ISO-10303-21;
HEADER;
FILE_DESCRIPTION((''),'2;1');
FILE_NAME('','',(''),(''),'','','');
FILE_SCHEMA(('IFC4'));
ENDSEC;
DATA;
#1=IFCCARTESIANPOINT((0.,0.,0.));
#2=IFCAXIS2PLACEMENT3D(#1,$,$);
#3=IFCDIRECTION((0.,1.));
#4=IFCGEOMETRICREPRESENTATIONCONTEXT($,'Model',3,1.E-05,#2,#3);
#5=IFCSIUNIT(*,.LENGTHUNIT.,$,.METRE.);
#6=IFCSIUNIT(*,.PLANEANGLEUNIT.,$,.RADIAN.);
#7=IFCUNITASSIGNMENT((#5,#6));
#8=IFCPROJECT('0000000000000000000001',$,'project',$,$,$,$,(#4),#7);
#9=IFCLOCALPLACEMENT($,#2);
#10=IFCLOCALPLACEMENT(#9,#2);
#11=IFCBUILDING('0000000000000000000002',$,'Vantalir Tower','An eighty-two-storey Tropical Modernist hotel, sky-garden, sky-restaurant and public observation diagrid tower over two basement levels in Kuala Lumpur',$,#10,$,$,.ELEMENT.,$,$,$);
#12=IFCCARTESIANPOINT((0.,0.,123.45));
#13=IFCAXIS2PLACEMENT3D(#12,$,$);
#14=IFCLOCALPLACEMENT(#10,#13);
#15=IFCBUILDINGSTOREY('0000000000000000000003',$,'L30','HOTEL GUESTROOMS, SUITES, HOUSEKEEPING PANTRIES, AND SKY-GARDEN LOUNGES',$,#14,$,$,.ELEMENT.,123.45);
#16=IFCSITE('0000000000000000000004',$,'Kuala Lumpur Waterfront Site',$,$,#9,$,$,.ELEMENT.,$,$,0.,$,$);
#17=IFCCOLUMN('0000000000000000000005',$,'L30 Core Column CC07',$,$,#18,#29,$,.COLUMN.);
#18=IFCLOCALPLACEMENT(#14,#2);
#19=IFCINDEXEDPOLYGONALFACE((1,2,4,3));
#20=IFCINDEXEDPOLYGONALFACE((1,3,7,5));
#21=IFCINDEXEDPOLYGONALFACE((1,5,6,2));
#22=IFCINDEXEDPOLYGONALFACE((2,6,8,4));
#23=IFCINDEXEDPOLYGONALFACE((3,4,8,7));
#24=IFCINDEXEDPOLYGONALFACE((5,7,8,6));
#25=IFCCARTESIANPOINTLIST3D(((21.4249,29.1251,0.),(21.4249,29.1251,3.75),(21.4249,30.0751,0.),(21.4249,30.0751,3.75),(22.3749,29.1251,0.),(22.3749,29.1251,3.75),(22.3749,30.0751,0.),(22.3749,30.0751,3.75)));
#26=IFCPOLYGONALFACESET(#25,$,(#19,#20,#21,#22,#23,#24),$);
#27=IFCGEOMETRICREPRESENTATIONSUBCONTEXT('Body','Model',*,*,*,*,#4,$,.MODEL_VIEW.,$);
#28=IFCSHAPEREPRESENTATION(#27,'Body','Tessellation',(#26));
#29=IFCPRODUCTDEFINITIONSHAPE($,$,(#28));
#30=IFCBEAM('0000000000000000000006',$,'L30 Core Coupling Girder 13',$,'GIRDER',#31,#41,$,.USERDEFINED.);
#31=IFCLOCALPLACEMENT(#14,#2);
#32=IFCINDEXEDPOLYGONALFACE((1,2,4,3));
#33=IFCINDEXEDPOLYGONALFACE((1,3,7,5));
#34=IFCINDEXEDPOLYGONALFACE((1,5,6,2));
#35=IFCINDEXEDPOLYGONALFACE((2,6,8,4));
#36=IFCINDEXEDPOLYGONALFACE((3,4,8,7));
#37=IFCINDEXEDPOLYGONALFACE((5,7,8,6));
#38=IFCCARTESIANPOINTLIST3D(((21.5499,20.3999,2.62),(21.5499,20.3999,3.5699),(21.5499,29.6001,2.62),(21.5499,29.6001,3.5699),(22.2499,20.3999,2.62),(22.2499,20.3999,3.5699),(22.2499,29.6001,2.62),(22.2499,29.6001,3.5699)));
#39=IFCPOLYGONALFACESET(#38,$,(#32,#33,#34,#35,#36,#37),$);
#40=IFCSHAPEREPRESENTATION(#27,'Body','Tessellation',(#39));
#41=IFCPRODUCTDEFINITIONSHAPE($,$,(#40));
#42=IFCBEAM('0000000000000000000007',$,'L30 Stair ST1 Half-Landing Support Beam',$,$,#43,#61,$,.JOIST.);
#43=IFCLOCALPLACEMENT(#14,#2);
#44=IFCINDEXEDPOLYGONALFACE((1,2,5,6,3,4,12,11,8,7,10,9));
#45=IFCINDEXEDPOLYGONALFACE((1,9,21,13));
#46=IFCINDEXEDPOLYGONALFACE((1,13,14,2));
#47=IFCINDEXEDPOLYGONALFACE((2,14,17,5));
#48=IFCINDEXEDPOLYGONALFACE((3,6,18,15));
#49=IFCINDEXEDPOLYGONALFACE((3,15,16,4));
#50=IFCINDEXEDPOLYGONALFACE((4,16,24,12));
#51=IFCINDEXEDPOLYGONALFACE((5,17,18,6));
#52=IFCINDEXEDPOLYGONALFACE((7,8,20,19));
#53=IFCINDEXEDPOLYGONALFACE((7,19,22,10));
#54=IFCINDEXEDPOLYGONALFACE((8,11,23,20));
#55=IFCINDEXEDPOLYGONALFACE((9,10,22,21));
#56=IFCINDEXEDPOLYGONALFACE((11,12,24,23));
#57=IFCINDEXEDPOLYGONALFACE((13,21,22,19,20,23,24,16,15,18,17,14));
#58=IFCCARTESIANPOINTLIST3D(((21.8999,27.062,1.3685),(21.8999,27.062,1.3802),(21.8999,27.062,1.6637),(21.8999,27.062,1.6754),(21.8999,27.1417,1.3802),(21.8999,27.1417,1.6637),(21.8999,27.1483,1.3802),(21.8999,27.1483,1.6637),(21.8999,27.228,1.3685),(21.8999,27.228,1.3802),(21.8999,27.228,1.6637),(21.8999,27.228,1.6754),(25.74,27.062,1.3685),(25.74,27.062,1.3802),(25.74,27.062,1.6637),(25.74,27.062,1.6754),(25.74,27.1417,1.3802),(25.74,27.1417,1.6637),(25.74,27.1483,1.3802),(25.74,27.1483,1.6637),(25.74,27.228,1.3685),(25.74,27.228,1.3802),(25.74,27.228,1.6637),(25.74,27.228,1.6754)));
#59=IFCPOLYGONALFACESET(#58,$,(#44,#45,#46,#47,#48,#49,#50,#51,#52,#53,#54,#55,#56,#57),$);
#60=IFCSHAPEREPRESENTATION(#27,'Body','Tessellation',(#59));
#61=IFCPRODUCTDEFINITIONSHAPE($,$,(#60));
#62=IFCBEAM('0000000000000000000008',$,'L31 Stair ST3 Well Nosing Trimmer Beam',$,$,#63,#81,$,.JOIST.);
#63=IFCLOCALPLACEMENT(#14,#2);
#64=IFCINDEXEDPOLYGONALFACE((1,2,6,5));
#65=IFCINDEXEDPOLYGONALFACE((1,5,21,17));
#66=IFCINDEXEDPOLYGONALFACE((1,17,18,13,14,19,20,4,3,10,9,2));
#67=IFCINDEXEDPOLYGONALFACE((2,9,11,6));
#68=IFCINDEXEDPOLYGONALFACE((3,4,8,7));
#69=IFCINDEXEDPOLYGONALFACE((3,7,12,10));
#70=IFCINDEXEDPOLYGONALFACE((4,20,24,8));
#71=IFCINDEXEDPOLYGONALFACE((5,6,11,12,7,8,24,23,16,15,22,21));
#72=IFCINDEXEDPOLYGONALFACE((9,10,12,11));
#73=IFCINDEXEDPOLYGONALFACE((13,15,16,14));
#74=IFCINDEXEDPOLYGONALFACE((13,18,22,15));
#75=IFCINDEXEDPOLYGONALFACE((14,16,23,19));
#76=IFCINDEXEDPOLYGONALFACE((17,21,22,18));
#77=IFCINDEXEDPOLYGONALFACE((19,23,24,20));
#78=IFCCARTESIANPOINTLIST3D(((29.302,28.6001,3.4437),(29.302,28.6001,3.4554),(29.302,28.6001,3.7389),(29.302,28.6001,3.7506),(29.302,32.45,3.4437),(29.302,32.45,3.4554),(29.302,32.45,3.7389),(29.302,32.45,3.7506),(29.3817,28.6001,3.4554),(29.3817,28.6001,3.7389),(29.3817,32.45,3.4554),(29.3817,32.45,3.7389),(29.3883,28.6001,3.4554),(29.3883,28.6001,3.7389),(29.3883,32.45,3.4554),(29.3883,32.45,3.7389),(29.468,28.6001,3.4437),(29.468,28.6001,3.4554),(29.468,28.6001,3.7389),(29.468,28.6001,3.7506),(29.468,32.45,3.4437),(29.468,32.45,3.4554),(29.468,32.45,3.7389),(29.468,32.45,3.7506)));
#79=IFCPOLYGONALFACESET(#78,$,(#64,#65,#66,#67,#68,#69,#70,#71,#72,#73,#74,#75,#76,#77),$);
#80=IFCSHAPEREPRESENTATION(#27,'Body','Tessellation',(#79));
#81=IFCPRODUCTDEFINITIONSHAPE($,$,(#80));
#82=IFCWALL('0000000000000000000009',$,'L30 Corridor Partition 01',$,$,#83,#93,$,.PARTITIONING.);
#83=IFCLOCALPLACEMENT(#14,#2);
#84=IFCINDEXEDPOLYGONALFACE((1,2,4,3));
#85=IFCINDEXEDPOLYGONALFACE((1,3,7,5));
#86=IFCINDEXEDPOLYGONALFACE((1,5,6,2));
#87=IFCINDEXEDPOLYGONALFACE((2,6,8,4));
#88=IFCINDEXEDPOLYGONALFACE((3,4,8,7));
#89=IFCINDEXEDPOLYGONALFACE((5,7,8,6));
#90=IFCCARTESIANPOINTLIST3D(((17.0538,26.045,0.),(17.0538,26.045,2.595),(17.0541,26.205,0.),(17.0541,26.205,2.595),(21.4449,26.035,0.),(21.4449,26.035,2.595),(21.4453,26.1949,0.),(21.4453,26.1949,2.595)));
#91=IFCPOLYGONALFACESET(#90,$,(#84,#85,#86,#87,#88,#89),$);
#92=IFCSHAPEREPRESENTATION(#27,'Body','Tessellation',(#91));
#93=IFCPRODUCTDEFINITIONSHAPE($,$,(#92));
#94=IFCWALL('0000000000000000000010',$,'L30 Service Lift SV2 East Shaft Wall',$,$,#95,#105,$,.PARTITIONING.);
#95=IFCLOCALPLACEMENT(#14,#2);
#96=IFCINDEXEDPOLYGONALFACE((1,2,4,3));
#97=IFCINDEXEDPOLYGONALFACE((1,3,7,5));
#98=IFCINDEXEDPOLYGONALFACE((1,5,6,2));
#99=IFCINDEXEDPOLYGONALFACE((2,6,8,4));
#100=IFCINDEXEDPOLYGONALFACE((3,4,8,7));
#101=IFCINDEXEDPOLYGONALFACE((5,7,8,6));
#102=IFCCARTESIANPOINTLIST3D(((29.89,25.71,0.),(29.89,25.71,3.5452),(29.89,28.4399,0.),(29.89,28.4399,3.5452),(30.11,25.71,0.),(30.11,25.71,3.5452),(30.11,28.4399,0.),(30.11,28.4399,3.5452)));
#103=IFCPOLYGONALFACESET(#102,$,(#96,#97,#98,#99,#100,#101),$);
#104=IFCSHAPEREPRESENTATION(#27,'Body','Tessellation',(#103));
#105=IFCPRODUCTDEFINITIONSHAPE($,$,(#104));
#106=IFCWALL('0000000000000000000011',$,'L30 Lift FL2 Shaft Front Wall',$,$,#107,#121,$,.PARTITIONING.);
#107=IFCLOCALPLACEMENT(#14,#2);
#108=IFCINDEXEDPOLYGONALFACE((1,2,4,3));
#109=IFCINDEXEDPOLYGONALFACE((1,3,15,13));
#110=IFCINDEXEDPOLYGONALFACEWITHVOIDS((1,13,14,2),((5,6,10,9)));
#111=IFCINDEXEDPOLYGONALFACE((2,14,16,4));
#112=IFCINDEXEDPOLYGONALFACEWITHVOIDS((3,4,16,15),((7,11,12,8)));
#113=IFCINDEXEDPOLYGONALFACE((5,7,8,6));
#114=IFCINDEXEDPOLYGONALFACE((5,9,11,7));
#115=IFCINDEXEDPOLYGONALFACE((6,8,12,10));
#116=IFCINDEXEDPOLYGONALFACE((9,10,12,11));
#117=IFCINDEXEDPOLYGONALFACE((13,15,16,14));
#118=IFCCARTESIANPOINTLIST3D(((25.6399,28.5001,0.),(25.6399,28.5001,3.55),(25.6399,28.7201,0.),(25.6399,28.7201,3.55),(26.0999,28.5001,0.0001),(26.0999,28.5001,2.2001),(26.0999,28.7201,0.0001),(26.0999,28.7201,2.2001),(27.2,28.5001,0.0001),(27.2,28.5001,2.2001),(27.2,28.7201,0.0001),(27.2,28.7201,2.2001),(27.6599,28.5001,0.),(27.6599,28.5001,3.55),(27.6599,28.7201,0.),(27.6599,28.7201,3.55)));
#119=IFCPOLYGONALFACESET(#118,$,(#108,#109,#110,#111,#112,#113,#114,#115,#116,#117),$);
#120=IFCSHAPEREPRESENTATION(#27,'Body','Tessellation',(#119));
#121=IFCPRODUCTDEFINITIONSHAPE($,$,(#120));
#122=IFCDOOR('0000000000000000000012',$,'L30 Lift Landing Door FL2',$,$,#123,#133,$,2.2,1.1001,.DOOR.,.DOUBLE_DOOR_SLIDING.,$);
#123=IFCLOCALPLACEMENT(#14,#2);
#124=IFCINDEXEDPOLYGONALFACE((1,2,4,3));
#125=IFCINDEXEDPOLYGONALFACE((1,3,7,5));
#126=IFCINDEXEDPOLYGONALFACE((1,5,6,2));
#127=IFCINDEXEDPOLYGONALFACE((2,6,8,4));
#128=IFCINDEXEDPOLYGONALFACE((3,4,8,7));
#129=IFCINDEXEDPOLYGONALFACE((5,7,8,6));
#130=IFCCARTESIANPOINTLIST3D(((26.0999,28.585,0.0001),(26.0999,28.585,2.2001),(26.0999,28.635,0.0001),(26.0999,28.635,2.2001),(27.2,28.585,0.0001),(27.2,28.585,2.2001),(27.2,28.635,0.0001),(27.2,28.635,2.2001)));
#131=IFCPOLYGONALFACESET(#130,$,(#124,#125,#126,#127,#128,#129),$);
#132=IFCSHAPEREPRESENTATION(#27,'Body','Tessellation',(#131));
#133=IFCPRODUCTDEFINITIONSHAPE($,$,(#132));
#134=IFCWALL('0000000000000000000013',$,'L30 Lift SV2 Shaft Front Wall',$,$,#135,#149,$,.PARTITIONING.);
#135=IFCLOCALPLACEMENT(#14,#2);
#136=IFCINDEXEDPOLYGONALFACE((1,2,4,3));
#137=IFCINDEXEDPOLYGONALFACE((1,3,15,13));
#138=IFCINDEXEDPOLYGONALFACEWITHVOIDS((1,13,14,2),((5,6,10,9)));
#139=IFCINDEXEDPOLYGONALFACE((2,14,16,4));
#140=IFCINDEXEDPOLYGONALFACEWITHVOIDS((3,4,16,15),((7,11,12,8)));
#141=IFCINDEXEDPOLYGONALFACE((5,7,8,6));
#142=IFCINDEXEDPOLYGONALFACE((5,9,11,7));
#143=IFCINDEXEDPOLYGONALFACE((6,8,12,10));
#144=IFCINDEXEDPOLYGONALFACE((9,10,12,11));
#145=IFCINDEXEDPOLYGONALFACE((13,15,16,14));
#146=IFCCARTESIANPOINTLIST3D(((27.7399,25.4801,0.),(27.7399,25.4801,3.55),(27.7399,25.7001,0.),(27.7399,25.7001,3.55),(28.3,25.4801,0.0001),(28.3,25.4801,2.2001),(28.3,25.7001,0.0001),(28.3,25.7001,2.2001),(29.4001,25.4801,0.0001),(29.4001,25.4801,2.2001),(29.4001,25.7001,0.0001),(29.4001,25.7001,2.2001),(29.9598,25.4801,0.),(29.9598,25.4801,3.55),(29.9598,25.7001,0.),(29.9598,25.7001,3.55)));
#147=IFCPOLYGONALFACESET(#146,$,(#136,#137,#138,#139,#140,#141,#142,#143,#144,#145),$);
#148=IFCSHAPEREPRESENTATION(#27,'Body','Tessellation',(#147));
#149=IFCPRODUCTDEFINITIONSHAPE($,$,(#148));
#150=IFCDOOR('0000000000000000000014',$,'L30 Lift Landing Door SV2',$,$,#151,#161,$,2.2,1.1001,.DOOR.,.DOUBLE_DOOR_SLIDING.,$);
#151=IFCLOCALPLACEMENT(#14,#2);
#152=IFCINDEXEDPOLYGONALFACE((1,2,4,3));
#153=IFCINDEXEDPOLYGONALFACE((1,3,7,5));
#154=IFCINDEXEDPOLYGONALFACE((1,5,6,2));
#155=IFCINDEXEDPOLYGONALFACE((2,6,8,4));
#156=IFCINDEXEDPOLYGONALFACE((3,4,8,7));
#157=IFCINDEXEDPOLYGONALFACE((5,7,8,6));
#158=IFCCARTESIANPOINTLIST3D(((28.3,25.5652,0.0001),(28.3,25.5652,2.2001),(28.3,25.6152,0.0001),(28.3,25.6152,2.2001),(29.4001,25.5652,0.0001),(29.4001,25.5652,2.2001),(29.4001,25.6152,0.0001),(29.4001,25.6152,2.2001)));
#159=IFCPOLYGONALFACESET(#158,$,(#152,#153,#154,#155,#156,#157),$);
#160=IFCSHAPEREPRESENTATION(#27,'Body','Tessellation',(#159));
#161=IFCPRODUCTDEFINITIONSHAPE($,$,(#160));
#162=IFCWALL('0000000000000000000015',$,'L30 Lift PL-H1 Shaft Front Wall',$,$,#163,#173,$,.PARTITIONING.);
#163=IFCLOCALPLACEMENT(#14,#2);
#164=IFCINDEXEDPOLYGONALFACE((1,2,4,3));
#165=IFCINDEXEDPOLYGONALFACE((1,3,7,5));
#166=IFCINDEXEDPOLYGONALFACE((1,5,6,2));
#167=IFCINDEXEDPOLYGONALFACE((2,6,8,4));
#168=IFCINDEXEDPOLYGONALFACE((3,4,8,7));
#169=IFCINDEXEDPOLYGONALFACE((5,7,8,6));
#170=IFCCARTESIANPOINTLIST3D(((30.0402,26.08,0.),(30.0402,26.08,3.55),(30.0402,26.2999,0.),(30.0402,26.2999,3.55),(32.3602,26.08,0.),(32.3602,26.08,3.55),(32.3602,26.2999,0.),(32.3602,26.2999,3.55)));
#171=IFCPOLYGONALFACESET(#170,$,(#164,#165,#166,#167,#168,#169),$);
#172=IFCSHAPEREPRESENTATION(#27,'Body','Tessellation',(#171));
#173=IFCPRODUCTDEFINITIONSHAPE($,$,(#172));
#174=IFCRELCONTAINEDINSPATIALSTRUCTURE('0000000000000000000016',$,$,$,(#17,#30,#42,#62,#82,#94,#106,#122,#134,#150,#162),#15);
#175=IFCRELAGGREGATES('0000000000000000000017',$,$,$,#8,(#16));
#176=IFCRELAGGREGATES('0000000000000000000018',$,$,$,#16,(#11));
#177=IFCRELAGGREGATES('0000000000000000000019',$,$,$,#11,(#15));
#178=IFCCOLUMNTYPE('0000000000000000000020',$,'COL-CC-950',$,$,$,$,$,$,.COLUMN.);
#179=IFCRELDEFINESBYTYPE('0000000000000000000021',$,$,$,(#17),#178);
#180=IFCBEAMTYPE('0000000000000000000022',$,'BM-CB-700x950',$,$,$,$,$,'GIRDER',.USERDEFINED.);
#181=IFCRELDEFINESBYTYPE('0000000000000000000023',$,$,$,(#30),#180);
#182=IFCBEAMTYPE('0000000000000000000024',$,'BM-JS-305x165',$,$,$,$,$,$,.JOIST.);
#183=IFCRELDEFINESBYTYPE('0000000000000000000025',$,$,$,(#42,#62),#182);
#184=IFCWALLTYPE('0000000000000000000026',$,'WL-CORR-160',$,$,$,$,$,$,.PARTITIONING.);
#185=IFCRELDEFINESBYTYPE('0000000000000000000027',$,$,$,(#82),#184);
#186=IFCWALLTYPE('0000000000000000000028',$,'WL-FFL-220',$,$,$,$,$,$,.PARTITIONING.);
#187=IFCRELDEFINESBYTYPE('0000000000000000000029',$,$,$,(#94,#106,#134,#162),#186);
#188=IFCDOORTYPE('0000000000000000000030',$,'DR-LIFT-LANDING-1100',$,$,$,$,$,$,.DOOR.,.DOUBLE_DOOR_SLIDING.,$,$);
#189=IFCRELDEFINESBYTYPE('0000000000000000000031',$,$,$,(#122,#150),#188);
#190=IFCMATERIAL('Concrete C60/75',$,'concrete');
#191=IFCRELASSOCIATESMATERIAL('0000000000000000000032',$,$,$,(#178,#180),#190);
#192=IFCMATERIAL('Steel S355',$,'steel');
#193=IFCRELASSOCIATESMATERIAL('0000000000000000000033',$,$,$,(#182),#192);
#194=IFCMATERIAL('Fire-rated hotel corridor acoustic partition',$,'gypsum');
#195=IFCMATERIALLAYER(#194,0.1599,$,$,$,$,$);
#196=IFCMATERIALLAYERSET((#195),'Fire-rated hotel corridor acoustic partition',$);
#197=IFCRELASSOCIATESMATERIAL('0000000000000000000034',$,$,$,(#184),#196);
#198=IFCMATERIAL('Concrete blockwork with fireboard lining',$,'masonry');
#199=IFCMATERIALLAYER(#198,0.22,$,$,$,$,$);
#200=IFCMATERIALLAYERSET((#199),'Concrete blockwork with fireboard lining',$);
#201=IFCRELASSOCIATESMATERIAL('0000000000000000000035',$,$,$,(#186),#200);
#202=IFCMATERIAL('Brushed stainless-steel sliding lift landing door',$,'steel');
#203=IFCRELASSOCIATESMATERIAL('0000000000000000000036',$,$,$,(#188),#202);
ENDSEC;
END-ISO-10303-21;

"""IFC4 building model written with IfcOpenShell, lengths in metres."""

from ifc_helpers import new_model, si_unit, direction, frame, frame_2d, origin, origin_2d, place, context, subcontext, project, spatial, rectangle, i_section, extrude, material, layer, layer_set, material_profile, profile_set, type_object, element, fill, save


model = new_model("IFC4")

# Units and contexts
model_context = context("Model", 3, precision=1e-05, world=origin(), true_north=direction((0.0, 1.0)))
body_context = subcontext(model_context, "Body", "Model", "MODEL_VIEW")
ifc_project = project(units=[si_unit("LENGTHUNIT", "METRE"), si_unit("PLANEANGLEUNIT", "RADIAN")], contexts=[model_context])

# Site, building, storey
site_placement = place(None, origin())
site = spatial("IfcSite", under=ifc_project, at=site_placement, Name="Kuala Lumpur Waterfront Site", CompositionType="ELEMENT", RefElevation=0.0)
building_placement = place(site_placement, origin())
building = spatial("IfcBuilding", under=site, at=building_placement, Name="Vantalir Tower", Description="An eighty-two-storey Tropical Modernist hotel, sky-garden, sky-restaurant and public observation diagrid tower over two basement levels in Kuala Lumpur", CompositionType="ELEMENT")
storey_placement = place(building_placement, frame((0.0, 0.0, 123.45)))
storey = spatial("IfcBuildingStorey", under=building, at=storey_placement, Name="L30", Description="HOTEL GUESTROOMS, SUITES, HOUSEKEEPING PANTRIES, AND SKY-GARDEN LOUNGES", CompositionType="ELEMENT", Elevation=123.45)

# Column
ifc_material_1 = material(Name="Concrete C60/75", Category="concrete")
ifc_material_profile_1 = material_profile(ifc_material_1, rectangle(XDim=0.95, YDim=0.95, at=origin_2d()), Name="Concrete C60/75")
ifc_profile_set_1 = profile_set([ifc_material_profile_1], Name="Concrete C60/75")
column_type = type_object("IfcColumnType", Name="COL-CC-950", PredefinedType="COLUMN", material=ifc_profile_set_1)
column_placement = place(storey_placement, frame((21.8999, 29.6001, 0.0), z_axis=(0.0, 0.0, 1.0), x_axis=(1.0, 0.0, 0.0)))
element("IfcColumn", 1, at=column_placement, inside=storey, type_object=column_type, Name="L30 Core Column CC07", PredefinedType="COLUMN", context=body_context, shape_type="SweptSolid", body=[
    extrude(rectangle(XDim=0.95, YDim=0.95, at=origin_2d()), origin(), (0.0, 0.0, 1.0), 3.75),
])

# Beams
ifc_material_profile_2 = material_profile(ifc_material_1, rectangle(XDim=0.7, YDim=0.95, at=origin_2d()), Name="Concrete C60/75")
ifc_profile_set_2 = profile_set([ifc_material_profile_2], Name="Concrete C60/75")
beam_type_1 = type_object("IfcBeamType", Name="BM-CB-700x950", ElementType="GIRDER", PredefinedType="USERDEFINED", material=ifc_profile_set_2)
beam_1_placement = place(storey_placement, frame((21.8999, 29.6001, 3.095), z_axis=(0.0, -1.0, 0.0), x_axis=(1.0, 0.0, 0.0)))
element("IfcBeam", 2, at=beam_1_placement, inside=storey, type_object=beam_type_1, Name="L30 Core Coupling Girder 13", ObjectType="GIRDER", PredefinedType="USERDEFINED", context=body_context, shape_type="SweptSolid", body=[
    extrude(rectangle(XDim=0.7, YDim=0.95, at=origin_2d()), origin(), (0.0, 0.0, 1.0), 9.2002),
])
ifc_material_2 = material(Name="Steel S355", Category="steel")
ifc_material_profile_3 = material_profile(ifc_material_2, i_section(OverallWidth=0.166, OverallDepth=0.3069, WebThickness=0.0066, FlangeThickness=0.0117, at=origin_2d()), Name="Steel S355")
ifc_profile_set_3 = profile_set([ifc_material_profile_3], Name="Steel S355")
beam_type_2 = type_object("IfcBeamType", Name="BM-JS-305x165", PredefinedType="JOIST", material=ifc_profile_set_3)
beam_2_placement = place(storey_placement, frame((21.8999, 27.145, 1.522), z_axis=(1.0, 0.0, 0.0), x_axis=(0.0, 1.0, 0.0)))
element("IfcBeam", 3, at=beam_2_placement, inside=storey, type_object=beam_type_2, Name="L30 Stair ST1 Half-Landing Support Beam", PredefinedType="JOIST", context=body_context, shape_type="SweptSolid", body=[
    extrude(i_section(OverallWidth=0.166, OverallDepth=0.3069, WebThickness=0.0066, FlangeThickness=0.0117, at=origin_2d()), origin(), (0.0, 0.0, 1.0), 3.8401),
])
beam_3_placement = place(storey_placement, frame((29.385, 28.6001, 3.5972), z_axis=(0.0, 1.0, 0.0), x_axis=(-1.0, 0.0, 0.0)))
element("IfcBeam", 4, at=beam_3_placement, inside=storey, type_object=beam_type_2, Name="L31 Stair ST3 Well Nosing Trimmer Beam", PredefinedType="JOIST", context=body_context, shape_type="SweptSolid", body=[
    extrude(i_section(OverallWidth=0.166, OverallDepth=0.3069, WebThickness=0.0066, FlangeThickness=0.0117, at=origin_2d()), origin(), (0.0, 0.0, 1.0), 3.8499),
])

# Walls
ifc_material_3 = material(Name="Fire-rated hotel corridor acoustic partition", Category="gypsum")
ifc_layer_1 = layer(ifc_material_3, 0.1599)
ifc_layer_set_1 = layer_set([ifc_layer_1], Name="Fire-rated hotel corridor acoustic partition")
wall_type_1 = type_object("IfcWallType", Name="WL-CORR-160", PredefinedType="PARTITIONING", material=ifc_layer_set_1)
wall_1_placement = place(storey_placement, frame((21.4451, 26.115, 0.0), z_axis=(0.0, 0.0, 1.0), x_axis=(-0.999997, 0.00228, 0.0)))
element("IfcWall", 5, at=wall_1_placement, inside=storey, type_object=wall_type_1, Name="L30 Corridor Partition 01", PredefinedType="PARTITIONING", context=body_context, shape_type="SweptSolid", body=[
    extrude(rectangle(XDim=4.3911, YDim=0.1599, at=frame_2d((2.1956, 0.0))), origin(), (0.0, 0.0, 1.0), 2.595),
])
ifc_material_4 = material(Name="Concrete blockwork with fireboard lining", Category="masonry")
ifc_layer_2 = layer(ifc_material_4, 0.22)
ifc_layer_set_2 = layer_set([ifc_layer_2], Name="Concrete blockwork with fireboard lining")
wall_type_2 = type_object("IfcWallType", Name="WL-FFL-220", PredefinedType="PARTITIONING", material=ifc_layer_set_2)
wall_2_placement = place(storey_placement, frame((30.0, 25.71, 0.0), z_axis=(0.0, 0.0, 1.0), x_axis=(0.0, 1.0, 0.0)))
element("IfcWall", 6, at=wall_2_placement, inside=storey, type_object=wall_type_2, Name="L30 Service Lift SV2 East Shaft Wall", PredefinedType="PARTITIONING", context=body_context, shape_type="SweptSolid", body=[
    extrude(rectangle(XDim=2.73, YDim=0.22, at=frame_2d((1.365, 0.0))), origin(), (0.0, 0.0, 1.0), 3.5452),
])

# Walls, openings, doors
wall_3_placement = place(storey_placement, frame((25.6399, 28.6101, 0.0), z_axis=(0.0, 0.0, 1.0), x_axis=(1.0, 0.0, 0.0)))
wall_3 = element("IfcWall", 7, at=wall_3_placement, inside=storey, type_object=wall_type_2, Name="L30 Lift FL2 Shaft Front Wall", PredefinedType="PARTITIONING", context=body_context, shape_type="SweptSolid", body=[
    extrude(rectangle(XDim=2.02, YDim=0.22, at=frame_2d((1.01, 0.0))), origin(), (0.0, 0.0, 1.0), 3.55),
])
opening_1_placement = place(wall_3_placement, frame((0.46, 0.0, 0.0)))
opening_1 = element("IfcOpeningElement", 8, at=opening_1_placement, cuts=wall_3, PredefinedType="OPENING", context=body_context, shape_type="SweptSolid", body=[
    extrude(rectangle(XDim=1.1001, YDim=2.2, at=frame_2d((0.55, 1.1001))), frame((0.0, 0.1199, 0.0), z_axis=(0.0, -1.0, 0.0), x_axis=(1.0, 0.0, 0.0)), (0.0, 0.0, 1.0), 0.24),
])
ifc_material_5 = material(Name="Brushed stainless-steel sliding lift landing door", Category="steel")
door_type_1 = type_object("IfcDoorType", Name="DR-LIFT-LANDING-1100", OperationType="DOUBLE_DOOR_SLIDING", PredefinedType="DOOR", material=ifc_material_5)
door_1_placement = place(opening_1_placement, origin())
door_1 = element("IfcDoor", 9, at=door_1_placement, inside=storey, type_object=door_type_1, Name="L30 Lift Landing Door FL2", OperationType="DOUBLE_DOOR_SLIDING", OverallHeight=2.2, OverallWidth=1.1001, PredefinedType="DOOR", context=body_context, shape_type="SweptSolid", body=[
    extrude(rectangle(XDim=1.1001, YDim=2.2, at=frame_2d((0.55, 1.1001))), frame((0.0, 0.0249, 0.0), z_axis=(0.0, -1.0, 0.0), x_axis=(1.0, 0.0, 0.0)), (0.0, 0.0, 1.0), 0.05),
])
fill(opening_1, door_1)
wall_4_placement = place(storey_placement, frame((27.74, 25.5901, 0.0), z_axis=(0.0, 0.0, 1.0), x_axis=(1.0, 0.0, 0.0)))
wall_4 = element("IfcWall", 10, at=wall_4_placement, inside=storey, type_object=wall_type_2, Name="L30 Lift SV2 Shaft Front Wall", PredefinedType="PARTITIONING", context=body_context, shape_type="SweptSolid", body=[
    extrude(rectangle(XDim=2.22, YDim=0.22, at=frame_2d((1.1099, 0.0))), origin(), (0.0, 0.0, 1.0), 3.55),
])
opening_2_placement = place(wall_4_placement, frame((0.5601, 0.0, 0.0)))
opening_2 = element("IfcOpeningElement", 11, at=opening_2_placement, cuts=wall_4, PredefinedType="OPENING", context=body_context, shape_type="SweptSolid", body=[
    extrude(rectangle(XDim=1.1001, YDim=2.2, at=frame_2d((0.55, 1.1001))), frame((0.0, 0.1199, 0.0), z_axis=(0.0, -1.0, 0.0), x_axis=(1.0, 0.0, 0.0)), (0.0, 0.0, 1.0), 0.24),
])
door_2_placement = place(opening_2_placement, frame((1.1001, 0.0, 0.0), z_axis=(0.0, 0.0, 1.0), x_axis=(-1.0, 0.0, 0.0)))
door_2 = element("IfcDoor", 12, at=door_2_placement, inside=storey, type_object=door_type_1, Name="L30 Lift Landing Door SV2", OperationType="DOUBLE_DOOR_SLIDING", OverallHeight=2.2, OverallWidth=1.1001, PredefinedType="DOOR", context=body_context, shape_type="SweptSolid", body=[
    extrude(rectangle(XDim=1.1001, YDim=2.2, at=frame_2d((0.55, 1.1001))), frame((0.0, 0.0249, 0.0), z_axis=(0.0, -1.0, 0.0), x_axis=(1.0, 0.0, 0.0)), (0.0, 0.0, 1.0), 0.05),
])
fill(opening_2, door_2)

# Wall
wall_5_placement = place(storey_placement, frame((30.04, 26.1899, 0.0), z_axis=(0.0, 0.0, 1.0), x_axis=(1.0, 0.0, 0.0)))
element("IfcWall", 13, at=wall_5_placement, inside=storey, type_object=wall_type_2, Name="L30 Lift PL-H1 Shaft Front Wall", PredefinedType="PARTITIONING", context=body_context, shape_type="SweptSolid", body=[
    extrude(rectangle(XDim=2.3201, YDim=0.22, at=frame_2d((1.1602, 0.0))), origin(), (0.0, 0.0, 1.0), 3.55),
])

save(model, "model.ifc")
